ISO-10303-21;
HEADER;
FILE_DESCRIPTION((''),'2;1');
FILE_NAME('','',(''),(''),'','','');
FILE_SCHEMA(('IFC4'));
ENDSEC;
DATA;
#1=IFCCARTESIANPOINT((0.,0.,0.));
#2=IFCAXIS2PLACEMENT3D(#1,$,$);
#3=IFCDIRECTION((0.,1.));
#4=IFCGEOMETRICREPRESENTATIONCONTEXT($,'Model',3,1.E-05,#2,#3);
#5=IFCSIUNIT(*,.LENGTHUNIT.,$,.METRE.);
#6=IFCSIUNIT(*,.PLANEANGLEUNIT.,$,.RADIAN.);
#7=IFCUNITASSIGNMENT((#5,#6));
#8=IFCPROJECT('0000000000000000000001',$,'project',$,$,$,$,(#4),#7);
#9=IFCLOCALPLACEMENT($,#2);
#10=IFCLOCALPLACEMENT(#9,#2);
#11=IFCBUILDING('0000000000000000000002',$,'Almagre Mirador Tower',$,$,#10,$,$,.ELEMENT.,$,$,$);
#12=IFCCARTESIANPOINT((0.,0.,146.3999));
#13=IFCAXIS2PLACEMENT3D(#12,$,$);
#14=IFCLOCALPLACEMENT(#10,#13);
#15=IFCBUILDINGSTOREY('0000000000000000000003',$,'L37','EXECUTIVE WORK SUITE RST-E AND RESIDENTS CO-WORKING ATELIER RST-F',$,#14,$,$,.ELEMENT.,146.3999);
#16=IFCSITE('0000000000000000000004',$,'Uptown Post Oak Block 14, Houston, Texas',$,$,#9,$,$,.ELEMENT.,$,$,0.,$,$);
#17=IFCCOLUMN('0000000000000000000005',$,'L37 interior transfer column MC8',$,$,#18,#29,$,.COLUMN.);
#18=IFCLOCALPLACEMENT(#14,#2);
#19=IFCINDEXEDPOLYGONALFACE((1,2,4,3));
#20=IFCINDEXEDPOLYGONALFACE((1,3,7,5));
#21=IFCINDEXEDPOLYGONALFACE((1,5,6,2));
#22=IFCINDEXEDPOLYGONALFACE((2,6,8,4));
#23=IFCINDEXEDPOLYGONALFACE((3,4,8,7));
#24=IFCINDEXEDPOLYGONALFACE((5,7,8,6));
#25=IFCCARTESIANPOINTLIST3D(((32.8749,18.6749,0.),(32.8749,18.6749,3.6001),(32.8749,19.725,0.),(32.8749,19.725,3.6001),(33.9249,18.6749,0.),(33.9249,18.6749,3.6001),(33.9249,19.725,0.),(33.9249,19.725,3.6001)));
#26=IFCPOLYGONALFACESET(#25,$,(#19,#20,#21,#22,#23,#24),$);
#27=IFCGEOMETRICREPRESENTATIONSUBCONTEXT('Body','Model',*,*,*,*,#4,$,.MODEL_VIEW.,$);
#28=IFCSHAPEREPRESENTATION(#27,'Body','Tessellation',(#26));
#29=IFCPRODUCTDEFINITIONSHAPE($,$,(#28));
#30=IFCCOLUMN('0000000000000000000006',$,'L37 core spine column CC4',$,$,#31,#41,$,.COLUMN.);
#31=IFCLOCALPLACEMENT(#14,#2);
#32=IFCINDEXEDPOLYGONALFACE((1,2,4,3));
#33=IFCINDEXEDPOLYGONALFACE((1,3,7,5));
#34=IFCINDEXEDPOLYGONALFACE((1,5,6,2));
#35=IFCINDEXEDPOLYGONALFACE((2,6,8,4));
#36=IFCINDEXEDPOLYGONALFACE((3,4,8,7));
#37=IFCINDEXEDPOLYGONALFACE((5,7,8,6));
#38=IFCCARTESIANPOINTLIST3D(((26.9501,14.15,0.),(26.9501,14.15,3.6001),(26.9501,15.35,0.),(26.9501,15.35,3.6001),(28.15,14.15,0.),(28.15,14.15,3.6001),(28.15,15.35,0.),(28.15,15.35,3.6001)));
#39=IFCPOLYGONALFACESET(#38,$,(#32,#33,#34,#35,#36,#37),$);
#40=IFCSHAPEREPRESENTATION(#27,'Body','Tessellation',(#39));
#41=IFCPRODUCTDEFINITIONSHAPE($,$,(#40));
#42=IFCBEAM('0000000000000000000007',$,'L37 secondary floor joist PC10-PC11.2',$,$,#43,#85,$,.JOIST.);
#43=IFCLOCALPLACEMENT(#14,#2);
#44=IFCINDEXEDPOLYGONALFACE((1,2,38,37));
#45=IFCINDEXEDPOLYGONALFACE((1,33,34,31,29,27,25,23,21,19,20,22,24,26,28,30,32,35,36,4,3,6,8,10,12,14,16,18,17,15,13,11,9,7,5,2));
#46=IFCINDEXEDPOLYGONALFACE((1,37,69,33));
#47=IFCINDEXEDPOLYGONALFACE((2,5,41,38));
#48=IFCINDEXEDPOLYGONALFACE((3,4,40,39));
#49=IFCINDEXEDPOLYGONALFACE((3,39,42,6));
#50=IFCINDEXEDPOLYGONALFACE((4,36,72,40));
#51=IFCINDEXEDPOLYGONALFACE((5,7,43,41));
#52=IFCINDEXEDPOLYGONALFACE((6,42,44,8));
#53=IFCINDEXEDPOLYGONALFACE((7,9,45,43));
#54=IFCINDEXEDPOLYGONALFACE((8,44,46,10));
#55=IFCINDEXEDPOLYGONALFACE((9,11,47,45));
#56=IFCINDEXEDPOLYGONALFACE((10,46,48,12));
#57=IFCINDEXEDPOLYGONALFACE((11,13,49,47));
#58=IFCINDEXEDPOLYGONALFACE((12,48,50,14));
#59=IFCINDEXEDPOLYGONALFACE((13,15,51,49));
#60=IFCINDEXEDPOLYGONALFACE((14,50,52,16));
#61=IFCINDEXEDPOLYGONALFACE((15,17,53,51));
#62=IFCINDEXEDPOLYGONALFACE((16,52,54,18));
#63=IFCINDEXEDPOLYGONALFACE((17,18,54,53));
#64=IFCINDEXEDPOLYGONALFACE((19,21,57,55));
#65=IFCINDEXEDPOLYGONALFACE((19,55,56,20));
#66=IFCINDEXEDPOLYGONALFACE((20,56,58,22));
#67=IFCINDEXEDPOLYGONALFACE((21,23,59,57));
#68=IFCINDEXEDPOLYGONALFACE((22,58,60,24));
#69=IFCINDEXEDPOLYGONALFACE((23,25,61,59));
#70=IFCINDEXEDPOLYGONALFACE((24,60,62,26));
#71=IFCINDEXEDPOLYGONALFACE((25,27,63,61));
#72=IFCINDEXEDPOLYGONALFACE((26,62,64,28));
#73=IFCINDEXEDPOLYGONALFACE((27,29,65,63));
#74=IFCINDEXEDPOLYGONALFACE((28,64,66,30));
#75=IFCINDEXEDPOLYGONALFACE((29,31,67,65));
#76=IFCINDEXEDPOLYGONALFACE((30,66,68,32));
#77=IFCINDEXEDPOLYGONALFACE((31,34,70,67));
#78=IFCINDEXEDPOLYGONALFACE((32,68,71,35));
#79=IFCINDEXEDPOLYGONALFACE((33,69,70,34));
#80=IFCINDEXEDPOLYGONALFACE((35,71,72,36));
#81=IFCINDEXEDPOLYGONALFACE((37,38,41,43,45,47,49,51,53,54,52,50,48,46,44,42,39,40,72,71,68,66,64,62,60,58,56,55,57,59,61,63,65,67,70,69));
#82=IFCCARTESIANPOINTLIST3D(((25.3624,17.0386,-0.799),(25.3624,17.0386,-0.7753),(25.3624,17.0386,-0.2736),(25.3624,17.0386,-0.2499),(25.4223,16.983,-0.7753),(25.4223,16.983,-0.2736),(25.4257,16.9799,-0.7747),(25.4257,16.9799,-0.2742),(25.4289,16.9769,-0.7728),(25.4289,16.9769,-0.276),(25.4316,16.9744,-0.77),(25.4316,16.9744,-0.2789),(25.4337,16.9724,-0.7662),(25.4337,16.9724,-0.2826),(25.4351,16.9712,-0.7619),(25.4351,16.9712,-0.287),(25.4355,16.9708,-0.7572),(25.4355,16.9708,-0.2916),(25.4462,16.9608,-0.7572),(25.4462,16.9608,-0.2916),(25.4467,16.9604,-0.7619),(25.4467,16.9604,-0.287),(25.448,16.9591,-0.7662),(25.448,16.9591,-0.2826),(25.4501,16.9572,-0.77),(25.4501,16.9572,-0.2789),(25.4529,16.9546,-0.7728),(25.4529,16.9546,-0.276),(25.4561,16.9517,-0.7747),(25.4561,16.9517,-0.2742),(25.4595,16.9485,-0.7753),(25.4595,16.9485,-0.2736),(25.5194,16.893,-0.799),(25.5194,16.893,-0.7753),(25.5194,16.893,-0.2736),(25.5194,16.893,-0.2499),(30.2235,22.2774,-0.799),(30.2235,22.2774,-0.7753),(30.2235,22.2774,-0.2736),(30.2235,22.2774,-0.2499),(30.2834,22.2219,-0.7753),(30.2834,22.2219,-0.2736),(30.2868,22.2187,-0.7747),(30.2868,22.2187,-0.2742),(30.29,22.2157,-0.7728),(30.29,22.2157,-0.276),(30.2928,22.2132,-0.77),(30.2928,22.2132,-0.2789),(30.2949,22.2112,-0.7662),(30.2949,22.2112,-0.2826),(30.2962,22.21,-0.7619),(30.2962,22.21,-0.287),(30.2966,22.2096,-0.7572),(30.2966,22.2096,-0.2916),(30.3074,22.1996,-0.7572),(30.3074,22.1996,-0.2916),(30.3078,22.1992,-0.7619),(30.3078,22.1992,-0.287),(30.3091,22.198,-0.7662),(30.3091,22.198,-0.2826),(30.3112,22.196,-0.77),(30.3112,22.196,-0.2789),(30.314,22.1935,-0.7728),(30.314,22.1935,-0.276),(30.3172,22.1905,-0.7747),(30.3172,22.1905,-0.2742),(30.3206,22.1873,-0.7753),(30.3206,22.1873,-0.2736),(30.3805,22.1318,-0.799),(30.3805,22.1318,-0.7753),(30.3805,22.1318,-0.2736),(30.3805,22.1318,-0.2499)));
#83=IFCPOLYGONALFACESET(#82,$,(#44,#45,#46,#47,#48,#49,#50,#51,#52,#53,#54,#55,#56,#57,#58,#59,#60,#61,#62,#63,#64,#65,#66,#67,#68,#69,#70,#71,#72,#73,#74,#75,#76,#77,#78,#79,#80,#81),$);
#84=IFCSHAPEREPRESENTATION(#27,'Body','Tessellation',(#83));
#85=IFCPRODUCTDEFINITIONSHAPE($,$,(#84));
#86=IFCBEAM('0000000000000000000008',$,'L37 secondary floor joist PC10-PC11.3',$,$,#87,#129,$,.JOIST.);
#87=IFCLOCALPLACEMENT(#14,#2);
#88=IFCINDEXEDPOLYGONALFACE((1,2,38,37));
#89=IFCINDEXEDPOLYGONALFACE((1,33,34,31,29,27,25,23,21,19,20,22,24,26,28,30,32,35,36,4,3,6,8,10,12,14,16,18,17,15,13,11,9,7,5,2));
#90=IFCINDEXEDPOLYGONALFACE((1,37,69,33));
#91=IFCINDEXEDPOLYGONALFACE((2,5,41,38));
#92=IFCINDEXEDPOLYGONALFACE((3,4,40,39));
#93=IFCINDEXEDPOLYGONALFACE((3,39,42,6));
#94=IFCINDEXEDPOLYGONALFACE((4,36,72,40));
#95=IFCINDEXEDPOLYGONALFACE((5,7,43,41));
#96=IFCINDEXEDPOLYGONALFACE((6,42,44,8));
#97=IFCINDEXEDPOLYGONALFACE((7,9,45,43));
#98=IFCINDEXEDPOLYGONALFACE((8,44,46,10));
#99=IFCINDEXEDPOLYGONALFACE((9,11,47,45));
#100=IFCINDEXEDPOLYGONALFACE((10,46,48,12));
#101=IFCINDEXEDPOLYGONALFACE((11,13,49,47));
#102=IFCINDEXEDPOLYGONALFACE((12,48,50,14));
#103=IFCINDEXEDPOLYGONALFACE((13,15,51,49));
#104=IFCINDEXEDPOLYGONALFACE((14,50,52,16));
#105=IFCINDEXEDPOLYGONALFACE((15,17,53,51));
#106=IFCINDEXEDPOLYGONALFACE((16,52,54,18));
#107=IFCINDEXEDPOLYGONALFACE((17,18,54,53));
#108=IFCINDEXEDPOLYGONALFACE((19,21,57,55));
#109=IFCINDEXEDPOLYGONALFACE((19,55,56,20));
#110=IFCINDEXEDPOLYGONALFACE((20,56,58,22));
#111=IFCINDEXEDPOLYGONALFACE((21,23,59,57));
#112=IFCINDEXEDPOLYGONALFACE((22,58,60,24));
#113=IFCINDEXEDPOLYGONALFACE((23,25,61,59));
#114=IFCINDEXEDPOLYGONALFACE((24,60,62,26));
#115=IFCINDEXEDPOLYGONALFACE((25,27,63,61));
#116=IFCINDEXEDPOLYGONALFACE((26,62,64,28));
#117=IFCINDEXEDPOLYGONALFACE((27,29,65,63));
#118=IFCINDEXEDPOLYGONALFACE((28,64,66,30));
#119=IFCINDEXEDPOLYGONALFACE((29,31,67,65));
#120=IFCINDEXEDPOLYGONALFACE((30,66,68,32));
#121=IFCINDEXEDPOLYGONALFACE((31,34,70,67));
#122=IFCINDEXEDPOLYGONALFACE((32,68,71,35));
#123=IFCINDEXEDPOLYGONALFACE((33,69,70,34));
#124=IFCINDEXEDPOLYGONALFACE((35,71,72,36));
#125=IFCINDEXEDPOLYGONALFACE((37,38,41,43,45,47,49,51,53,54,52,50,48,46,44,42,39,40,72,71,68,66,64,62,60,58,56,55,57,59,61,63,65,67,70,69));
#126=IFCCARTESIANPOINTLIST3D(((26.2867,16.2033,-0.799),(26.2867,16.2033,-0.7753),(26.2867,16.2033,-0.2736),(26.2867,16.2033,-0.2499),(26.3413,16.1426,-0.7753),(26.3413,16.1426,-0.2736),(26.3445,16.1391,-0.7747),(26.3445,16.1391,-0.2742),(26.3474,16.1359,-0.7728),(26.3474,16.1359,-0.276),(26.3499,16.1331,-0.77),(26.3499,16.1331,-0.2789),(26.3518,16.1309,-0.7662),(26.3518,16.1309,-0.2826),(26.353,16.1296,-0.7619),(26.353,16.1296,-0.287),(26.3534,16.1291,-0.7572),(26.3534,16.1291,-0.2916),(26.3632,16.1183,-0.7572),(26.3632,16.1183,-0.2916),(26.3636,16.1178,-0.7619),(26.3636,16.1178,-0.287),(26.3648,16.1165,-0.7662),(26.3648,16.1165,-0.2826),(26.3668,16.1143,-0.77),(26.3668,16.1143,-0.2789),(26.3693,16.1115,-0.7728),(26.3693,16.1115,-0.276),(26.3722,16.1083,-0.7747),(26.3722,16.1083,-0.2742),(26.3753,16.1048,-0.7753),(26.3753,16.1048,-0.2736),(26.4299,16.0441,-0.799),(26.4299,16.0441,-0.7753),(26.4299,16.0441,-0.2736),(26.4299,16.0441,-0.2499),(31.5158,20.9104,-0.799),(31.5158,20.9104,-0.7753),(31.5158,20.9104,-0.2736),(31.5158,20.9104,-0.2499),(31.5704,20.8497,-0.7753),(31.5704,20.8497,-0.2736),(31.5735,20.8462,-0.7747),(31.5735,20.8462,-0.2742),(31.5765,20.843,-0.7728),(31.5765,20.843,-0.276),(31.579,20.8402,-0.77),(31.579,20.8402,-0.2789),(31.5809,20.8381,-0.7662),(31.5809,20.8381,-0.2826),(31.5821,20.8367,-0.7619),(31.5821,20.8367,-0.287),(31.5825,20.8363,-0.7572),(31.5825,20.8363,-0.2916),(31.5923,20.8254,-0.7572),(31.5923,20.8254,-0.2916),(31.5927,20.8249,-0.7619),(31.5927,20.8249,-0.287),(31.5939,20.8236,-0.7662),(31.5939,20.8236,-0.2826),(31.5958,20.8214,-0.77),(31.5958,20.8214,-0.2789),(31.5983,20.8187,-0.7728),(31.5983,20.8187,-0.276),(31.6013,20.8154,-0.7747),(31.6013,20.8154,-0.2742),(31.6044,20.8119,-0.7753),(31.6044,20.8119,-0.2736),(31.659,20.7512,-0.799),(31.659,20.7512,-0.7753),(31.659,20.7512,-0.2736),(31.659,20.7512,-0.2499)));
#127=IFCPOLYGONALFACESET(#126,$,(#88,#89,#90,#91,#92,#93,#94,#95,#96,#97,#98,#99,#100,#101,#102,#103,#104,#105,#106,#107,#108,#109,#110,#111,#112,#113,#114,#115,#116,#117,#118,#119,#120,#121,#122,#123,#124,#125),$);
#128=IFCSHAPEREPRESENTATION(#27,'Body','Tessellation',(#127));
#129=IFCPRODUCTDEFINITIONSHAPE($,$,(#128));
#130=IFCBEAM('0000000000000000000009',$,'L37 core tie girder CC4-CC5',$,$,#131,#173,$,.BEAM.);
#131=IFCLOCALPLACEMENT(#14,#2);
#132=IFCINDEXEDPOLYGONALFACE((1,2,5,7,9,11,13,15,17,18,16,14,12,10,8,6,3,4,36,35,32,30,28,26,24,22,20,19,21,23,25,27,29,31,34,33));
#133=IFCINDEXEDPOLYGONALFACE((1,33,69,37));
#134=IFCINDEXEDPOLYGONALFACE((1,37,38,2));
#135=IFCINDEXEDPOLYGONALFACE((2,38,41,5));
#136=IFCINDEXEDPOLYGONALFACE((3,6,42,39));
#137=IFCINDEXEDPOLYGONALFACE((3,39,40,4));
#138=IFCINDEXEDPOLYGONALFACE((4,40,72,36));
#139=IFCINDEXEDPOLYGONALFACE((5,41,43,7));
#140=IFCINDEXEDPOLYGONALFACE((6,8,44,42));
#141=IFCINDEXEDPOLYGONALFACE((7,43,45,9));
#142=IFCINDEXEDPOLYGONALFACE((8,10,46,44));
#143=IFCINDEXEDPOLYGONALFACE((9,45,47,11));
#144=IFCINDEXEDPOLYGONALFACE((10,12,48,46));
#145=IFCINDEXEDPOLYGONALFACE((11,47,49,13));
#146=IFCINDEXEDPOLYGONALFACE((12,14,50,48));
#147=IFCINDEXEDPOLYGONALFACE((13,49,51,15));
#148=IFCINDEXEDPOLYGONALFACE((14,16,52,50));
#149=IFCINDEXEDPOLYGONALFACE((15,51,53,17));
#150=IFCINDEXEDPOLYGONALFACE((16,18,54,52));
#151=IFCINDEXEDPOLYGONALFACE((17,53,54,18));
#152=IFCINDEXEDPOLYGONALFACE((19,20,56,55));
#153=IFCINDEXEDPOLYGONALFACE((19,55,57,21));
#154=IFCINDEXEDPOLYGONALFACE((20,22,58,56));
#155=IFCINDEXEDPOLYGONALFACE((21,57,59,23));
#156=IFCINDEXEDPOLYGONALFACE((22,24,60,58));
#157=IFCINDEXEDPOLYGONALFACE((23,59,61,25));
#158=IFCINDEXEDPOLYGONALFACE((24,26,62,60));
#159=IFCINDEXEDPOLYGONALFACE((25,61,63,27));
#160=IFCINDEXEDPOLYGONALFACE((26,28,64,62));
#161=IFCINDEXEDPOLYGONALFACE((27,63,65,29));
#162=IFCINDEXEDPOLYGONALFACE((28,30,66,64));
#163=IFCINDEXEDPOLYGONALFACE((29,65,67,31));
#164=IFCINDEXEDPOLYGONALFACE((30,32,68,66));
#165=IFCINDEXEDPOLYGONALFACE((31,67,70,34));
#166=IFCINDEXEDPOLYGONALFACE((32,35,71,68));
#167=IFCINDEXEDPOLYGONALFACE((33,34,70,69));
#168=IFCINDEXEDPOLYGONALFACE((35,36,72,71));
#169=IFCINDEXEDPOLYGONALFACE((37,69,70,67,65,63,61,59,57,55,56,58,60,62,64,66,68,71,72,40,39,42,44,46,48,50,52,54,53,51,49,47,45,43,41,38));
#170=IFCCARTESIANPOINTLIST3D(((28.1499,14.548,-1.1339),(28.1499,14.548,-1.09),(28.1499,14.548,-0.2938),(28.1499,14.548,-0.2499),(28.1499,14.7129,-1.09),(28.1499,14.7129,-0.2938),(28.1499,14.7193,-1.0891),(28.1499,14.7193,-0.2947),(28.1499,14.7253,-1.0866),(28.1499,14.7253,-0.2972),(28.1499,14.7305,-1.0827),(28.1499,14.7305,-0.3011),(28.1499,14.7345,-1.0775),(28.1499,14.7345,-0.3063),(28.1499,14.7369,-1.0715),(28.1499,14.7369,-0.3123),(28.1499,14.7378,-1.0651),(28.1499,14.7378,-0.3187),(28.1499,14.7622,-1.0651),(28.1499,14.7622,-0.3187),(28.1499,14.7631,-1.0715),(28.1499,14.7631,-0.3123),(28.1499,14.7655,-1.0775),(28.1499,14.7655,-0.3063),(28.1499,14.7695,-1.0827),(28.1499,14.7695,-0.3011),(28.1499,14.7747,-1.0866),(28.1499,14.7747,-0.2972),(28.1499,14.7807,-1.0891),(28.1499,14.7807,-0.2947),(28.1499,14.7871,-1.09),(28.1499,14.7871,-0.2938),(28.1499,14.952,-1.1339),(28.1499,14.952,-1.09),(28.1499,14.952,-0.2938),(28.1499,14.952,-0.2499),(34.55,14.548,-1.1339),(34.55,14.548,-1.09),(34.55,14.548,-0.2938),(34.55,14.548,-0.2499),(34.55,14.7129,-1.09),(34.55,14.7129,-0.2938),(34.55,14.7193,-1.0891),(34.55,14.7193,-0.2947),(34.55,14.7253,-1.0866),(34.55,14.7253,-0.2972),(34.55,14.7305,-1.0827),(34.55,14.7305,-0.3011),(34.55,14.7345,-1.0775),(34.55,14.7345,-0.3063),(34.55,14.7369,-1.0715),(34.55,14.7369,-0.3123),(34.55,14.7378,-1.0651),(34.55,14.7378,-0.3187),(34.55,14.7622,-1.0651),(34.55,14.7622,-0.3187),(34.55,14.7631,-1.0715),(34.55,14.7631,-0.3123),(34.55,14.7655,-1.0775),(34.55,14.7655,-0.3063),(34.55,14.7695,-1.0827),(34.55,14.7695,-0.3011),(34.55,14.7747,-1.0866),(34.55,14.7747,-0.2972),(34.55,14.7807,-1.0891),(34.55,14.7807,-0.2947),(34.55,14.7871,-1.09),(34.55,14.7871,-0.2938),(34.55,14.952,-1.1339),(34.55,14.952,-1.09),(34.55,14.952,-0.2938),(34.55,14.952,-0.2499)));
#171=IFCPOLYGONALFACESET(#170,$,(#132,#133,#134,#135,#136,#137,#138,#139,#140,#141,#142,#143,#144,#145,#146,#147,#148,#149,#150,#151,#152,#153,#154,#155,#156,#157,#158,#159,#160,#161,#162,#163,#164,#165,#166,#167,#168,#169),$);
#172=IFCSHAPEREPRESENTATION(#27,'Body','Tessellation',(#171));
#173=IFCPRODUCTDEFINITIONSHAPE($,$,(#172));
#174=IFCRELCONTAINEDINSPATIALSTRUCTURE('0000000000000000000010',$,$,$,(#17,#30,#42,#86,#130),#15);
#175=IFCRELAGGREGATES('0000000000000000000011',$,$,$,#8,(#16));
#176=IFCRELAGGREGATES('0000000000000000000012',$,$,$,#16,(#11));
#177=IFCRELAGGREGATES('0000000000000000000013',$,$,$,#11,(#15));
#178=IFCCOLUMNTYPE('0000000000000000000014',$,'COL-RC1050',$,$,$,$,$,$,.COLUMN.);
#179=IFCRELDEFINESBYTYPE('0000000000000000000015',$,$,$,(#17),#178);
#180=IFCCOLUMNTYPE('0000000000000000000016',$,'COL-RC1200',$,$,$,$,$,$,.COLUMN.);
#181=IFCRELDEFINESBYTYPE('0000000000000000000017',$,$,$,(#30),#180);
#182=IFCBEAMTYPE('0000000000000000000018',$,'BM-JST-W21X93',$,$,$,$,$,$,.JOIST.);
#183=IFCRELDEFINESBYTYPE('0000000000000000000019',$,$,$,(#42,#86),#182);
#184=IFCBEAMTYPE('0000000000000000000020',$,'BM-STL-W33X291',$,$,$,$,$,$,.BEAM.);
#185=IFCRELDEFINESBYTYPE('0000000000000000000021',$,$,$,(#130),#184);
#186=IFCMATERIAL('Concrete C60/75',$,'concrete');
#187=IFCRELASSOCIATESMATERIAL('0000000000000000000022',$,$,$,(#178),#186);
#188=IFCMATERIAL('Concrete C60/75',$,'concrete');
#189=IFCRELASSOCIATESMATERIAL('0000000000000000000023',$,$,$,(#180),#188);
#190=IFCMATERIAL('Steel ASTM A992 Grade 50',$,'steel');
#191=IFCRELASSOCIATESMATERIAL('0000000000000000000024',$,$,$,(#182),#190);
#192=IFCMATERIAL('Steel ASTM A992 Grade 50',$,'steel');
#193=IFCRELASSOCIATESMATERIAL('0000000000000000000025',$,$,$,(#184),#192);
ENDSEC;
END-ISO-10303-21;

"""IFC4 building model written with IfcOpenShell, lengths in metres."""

from ifc_helpers import new_model, si_unit, direction, frame, origin, origin_2d, place, context, subcontext, project, spatial, rectangle, i_section, extrude, material, material_profile, profile_set, type_object, element, save


model = new_model("IFC4")

# Units and contexts
model_context = context("Model", 3, precision=1e-05, world=origin(), true_north=direction((0.0, 1.0)))
body_context = subcontext(model_context, "Body", "Model", "MODEL_VIEW")
ifc_project = project(units=[si_unit("LENGTHUNIT", "METRE"), si_unit("PLANEANGLEUNIT", "RADIAN")], contexts=[model_context])

# Site, building, storey
site_placement = place(None, origin())
site = spatial("IfcSite", under=ifc_project, at=site_placement, Name="Uptown Post Oak Block 14, Houston, Texas", CompositionType="ELEMENT", RefElevation=0.0)
building_placement = place(site_placement, origin())
building = spatial("IfcBuilding", under=site, at=building_placement, Name="Almagre Mirador Tower", CompositionType="ELEMENT")
storey_placement = place(building_placement, frame((0.0, 0.0, 146.3999)))
storey = spatial("IfcBuildingStorey", under=building, at=storey_placement, Name="L37", Description="EXECUTIVE WORK SUITE RST-E AND RESIDENTS CO-WORKING ATELIER RST-F", CompositionType="ELEMENT", Elevation=146.3999)

# Columns
ifc_material_1 = material(Name="Concrete C60/75", Category="concrete")
ifc_material_profile_1 = material_profile(ifc_material_1, rectangle(XDim=1.05, YDim=1.05, at=origin_2d()), Name="RC1050X1050")
ifc_profile_set_1 = profile_set([ifc_material_profile_1], Name="Concrete C60/75")
column_type_1 = type_object("IfcColumnType", Name="COL-RC1050", PredefinedType="COLUMN", material=ifc_profile_set_1)
column_1_placement = place(storey_placement, frame((33.3999, 19.2, 0.0), z_axis=(0.0, 0.0, 1.0), x_axis=(1.0, 0.0, 0.0)))
element("IfcColumn", 1, at=column_1_placement, inside=storey, type_object=column_type_1, Name="L37 interior transfer column MC8", PredefinedType="COLUMN", context=body_context, shape_type="SweptSolid", body=[
    extrude(rectangle(XDim=1.05, YDim=1.05, at=origin_2d()), origin(), (0.0, 0.0, 1.0), 3.6001),
])
ifc_material_2 = material(Name="Concrete C60/75", Category="concrete")
ifc_material_profile_2 = material_profile(ifc_material_2, rectangle(XDim=1.2, YDim=1.2, at=origin_2d()), Name="RC1200X1200")
ifc_profile_set_2 = profile_set([ifc_material_profile_2], Name="Concrete C60/75")
column_type_2 = type_object("IfcColumnType", Name="COL-RC1200", PredefinedType="COLUMN", material=ifc_profile_set_2)
column_2_placement = place(storey_placement, frame((27.55, 14.75, 0.0), z_axis=(0.0, 0.0, 1.0), x_axis=(1.0, 0.0, 0.0)))
element("IfcColumn", 2, at=column_2_placement, inside=storey, type_object=column_type_2, Name="L37 core spine column CC4", PredefinedType="COLUMN", context=body_context, shape_type="SweptSolid", body=[
    extrude(rectangle(XDim=1.2, YDim=1.2, at=origin_2d()), origin(), (0.0, 0.0, 1.0), 3.6001),
])

# Beams
ifc_material_3 = material(Name="Steel ASTM A992 Grade 50", Category="steel")
ifc_material_profile_3 = material_profile(ifc_material_3, i_section(OverallWidth=0.2141, OverallDepth=0.5491, WebThickness=0.0146, FlangeThickness=0.0237, FilletRadius=0.0181, at=origin_2d()), Name="W21X93")
ifc_profile_set_3 = profile_set([ifc_material_profile_3], Name="Steel ASTM A992 Grade 50")
beam_type_1 = type_object("IfcBeamType", Name="BM-JST-W21X93", PredefinedType="JOIST", material=ifc_profile_set_3)
beam_1_placement = place(storey_placement, frame((30.302, 22.2046, -0.5244), z_axis=(-0.680189, -0.733037, 0.0), x_axis=(0.733037, -0.680189, 0.0)))
element("IfcBeam", 3, at=beam_1_placement, inside=storey, type_object=beam_type_1, Name="L37 secondary floor joist PC10-PC11.2", PredefinedType="JOIST", context=body_context, shape_type="SweptSolid", body=[
    extrude(i_section(OverallWidth=0.2141, OverallDepth=0.5491, WebThickness=0.0146, FlangeThickness=0.0237, FilletRadius=0.0181, at=origin_2d()), origin(), (0.0, 0.0, 1.0), 7.1467),
])
beam_2_placement = place(storey_placement, frame((31.5874, 20.8308, -0.5244), z_axis=(-0.743229, -0.669038, 0.0), x_axis=(0.669038, -0.743229, 0.0)))
element("IfcBeam", 4, at=beam_2_placement, inside=storey, type_object=beam_type_1, Name="L37 secondary floor joist PC10-PC11.3", PredefinedType="JOIST", context=body_context, shape_type="SweptSolid", body=[
    extrude(i_section(OverallWidth=0.2141, OverallDepth=0.5491, WebThickness=0.0146, FlangeThickness=0.0237, FilletRadius=0.0181, at=origin_2d()), origin(), (0.0, 0.0, 1.0), 7.0356),
])
ifc_material_4 = material(Name="Steel ASTM A992 Grade 50", Category="steel")
ifc_material_profile_4 = material_profile(ifc_material_4, i_section(OverallWidth=0.4041, OverallDepth=0.884, WebThickness=0.0244, FlangeThickness=0.0439, FilletRadius=0.0249, at=origin_2d()), Name="W33X291")
ifc_profile_set_4 = profile_set([ifc_material_profile_4], Name="Steel ASTM A992 Grade 50")
beam_type_2 = type_object("IfcBeamType", Name="BM-STL-W33X291", PredefinedType="BEAM", material=ifc_profile_set_4)
beam_3_placement = place(storey_placement, frame((28.1499, 14.75, -0.6919), z_axis=(1.0, 0.0, 0.0), x_axis=(0.0, 1.0, 0.0)))
element("IfcBeam", 5, at=beam_3_placement, inside=storey, type_object=beam_type_2, Name="L37 core tie girder CC4-CC5", PredefinedType="BEAM", context=body_context, shape_type="SweptSolid", body=[
    extrude(i_section(OverallWidth=0.4041, OverallDepth=0.884, WebThickness=0.0244, FlangeThickness=0.0439, FilletRadius=0.0249, at=origin_2d()), origin(), (0.0, 0.0, 1.0), 6.4001),
])

save(model, "model.ifc")
